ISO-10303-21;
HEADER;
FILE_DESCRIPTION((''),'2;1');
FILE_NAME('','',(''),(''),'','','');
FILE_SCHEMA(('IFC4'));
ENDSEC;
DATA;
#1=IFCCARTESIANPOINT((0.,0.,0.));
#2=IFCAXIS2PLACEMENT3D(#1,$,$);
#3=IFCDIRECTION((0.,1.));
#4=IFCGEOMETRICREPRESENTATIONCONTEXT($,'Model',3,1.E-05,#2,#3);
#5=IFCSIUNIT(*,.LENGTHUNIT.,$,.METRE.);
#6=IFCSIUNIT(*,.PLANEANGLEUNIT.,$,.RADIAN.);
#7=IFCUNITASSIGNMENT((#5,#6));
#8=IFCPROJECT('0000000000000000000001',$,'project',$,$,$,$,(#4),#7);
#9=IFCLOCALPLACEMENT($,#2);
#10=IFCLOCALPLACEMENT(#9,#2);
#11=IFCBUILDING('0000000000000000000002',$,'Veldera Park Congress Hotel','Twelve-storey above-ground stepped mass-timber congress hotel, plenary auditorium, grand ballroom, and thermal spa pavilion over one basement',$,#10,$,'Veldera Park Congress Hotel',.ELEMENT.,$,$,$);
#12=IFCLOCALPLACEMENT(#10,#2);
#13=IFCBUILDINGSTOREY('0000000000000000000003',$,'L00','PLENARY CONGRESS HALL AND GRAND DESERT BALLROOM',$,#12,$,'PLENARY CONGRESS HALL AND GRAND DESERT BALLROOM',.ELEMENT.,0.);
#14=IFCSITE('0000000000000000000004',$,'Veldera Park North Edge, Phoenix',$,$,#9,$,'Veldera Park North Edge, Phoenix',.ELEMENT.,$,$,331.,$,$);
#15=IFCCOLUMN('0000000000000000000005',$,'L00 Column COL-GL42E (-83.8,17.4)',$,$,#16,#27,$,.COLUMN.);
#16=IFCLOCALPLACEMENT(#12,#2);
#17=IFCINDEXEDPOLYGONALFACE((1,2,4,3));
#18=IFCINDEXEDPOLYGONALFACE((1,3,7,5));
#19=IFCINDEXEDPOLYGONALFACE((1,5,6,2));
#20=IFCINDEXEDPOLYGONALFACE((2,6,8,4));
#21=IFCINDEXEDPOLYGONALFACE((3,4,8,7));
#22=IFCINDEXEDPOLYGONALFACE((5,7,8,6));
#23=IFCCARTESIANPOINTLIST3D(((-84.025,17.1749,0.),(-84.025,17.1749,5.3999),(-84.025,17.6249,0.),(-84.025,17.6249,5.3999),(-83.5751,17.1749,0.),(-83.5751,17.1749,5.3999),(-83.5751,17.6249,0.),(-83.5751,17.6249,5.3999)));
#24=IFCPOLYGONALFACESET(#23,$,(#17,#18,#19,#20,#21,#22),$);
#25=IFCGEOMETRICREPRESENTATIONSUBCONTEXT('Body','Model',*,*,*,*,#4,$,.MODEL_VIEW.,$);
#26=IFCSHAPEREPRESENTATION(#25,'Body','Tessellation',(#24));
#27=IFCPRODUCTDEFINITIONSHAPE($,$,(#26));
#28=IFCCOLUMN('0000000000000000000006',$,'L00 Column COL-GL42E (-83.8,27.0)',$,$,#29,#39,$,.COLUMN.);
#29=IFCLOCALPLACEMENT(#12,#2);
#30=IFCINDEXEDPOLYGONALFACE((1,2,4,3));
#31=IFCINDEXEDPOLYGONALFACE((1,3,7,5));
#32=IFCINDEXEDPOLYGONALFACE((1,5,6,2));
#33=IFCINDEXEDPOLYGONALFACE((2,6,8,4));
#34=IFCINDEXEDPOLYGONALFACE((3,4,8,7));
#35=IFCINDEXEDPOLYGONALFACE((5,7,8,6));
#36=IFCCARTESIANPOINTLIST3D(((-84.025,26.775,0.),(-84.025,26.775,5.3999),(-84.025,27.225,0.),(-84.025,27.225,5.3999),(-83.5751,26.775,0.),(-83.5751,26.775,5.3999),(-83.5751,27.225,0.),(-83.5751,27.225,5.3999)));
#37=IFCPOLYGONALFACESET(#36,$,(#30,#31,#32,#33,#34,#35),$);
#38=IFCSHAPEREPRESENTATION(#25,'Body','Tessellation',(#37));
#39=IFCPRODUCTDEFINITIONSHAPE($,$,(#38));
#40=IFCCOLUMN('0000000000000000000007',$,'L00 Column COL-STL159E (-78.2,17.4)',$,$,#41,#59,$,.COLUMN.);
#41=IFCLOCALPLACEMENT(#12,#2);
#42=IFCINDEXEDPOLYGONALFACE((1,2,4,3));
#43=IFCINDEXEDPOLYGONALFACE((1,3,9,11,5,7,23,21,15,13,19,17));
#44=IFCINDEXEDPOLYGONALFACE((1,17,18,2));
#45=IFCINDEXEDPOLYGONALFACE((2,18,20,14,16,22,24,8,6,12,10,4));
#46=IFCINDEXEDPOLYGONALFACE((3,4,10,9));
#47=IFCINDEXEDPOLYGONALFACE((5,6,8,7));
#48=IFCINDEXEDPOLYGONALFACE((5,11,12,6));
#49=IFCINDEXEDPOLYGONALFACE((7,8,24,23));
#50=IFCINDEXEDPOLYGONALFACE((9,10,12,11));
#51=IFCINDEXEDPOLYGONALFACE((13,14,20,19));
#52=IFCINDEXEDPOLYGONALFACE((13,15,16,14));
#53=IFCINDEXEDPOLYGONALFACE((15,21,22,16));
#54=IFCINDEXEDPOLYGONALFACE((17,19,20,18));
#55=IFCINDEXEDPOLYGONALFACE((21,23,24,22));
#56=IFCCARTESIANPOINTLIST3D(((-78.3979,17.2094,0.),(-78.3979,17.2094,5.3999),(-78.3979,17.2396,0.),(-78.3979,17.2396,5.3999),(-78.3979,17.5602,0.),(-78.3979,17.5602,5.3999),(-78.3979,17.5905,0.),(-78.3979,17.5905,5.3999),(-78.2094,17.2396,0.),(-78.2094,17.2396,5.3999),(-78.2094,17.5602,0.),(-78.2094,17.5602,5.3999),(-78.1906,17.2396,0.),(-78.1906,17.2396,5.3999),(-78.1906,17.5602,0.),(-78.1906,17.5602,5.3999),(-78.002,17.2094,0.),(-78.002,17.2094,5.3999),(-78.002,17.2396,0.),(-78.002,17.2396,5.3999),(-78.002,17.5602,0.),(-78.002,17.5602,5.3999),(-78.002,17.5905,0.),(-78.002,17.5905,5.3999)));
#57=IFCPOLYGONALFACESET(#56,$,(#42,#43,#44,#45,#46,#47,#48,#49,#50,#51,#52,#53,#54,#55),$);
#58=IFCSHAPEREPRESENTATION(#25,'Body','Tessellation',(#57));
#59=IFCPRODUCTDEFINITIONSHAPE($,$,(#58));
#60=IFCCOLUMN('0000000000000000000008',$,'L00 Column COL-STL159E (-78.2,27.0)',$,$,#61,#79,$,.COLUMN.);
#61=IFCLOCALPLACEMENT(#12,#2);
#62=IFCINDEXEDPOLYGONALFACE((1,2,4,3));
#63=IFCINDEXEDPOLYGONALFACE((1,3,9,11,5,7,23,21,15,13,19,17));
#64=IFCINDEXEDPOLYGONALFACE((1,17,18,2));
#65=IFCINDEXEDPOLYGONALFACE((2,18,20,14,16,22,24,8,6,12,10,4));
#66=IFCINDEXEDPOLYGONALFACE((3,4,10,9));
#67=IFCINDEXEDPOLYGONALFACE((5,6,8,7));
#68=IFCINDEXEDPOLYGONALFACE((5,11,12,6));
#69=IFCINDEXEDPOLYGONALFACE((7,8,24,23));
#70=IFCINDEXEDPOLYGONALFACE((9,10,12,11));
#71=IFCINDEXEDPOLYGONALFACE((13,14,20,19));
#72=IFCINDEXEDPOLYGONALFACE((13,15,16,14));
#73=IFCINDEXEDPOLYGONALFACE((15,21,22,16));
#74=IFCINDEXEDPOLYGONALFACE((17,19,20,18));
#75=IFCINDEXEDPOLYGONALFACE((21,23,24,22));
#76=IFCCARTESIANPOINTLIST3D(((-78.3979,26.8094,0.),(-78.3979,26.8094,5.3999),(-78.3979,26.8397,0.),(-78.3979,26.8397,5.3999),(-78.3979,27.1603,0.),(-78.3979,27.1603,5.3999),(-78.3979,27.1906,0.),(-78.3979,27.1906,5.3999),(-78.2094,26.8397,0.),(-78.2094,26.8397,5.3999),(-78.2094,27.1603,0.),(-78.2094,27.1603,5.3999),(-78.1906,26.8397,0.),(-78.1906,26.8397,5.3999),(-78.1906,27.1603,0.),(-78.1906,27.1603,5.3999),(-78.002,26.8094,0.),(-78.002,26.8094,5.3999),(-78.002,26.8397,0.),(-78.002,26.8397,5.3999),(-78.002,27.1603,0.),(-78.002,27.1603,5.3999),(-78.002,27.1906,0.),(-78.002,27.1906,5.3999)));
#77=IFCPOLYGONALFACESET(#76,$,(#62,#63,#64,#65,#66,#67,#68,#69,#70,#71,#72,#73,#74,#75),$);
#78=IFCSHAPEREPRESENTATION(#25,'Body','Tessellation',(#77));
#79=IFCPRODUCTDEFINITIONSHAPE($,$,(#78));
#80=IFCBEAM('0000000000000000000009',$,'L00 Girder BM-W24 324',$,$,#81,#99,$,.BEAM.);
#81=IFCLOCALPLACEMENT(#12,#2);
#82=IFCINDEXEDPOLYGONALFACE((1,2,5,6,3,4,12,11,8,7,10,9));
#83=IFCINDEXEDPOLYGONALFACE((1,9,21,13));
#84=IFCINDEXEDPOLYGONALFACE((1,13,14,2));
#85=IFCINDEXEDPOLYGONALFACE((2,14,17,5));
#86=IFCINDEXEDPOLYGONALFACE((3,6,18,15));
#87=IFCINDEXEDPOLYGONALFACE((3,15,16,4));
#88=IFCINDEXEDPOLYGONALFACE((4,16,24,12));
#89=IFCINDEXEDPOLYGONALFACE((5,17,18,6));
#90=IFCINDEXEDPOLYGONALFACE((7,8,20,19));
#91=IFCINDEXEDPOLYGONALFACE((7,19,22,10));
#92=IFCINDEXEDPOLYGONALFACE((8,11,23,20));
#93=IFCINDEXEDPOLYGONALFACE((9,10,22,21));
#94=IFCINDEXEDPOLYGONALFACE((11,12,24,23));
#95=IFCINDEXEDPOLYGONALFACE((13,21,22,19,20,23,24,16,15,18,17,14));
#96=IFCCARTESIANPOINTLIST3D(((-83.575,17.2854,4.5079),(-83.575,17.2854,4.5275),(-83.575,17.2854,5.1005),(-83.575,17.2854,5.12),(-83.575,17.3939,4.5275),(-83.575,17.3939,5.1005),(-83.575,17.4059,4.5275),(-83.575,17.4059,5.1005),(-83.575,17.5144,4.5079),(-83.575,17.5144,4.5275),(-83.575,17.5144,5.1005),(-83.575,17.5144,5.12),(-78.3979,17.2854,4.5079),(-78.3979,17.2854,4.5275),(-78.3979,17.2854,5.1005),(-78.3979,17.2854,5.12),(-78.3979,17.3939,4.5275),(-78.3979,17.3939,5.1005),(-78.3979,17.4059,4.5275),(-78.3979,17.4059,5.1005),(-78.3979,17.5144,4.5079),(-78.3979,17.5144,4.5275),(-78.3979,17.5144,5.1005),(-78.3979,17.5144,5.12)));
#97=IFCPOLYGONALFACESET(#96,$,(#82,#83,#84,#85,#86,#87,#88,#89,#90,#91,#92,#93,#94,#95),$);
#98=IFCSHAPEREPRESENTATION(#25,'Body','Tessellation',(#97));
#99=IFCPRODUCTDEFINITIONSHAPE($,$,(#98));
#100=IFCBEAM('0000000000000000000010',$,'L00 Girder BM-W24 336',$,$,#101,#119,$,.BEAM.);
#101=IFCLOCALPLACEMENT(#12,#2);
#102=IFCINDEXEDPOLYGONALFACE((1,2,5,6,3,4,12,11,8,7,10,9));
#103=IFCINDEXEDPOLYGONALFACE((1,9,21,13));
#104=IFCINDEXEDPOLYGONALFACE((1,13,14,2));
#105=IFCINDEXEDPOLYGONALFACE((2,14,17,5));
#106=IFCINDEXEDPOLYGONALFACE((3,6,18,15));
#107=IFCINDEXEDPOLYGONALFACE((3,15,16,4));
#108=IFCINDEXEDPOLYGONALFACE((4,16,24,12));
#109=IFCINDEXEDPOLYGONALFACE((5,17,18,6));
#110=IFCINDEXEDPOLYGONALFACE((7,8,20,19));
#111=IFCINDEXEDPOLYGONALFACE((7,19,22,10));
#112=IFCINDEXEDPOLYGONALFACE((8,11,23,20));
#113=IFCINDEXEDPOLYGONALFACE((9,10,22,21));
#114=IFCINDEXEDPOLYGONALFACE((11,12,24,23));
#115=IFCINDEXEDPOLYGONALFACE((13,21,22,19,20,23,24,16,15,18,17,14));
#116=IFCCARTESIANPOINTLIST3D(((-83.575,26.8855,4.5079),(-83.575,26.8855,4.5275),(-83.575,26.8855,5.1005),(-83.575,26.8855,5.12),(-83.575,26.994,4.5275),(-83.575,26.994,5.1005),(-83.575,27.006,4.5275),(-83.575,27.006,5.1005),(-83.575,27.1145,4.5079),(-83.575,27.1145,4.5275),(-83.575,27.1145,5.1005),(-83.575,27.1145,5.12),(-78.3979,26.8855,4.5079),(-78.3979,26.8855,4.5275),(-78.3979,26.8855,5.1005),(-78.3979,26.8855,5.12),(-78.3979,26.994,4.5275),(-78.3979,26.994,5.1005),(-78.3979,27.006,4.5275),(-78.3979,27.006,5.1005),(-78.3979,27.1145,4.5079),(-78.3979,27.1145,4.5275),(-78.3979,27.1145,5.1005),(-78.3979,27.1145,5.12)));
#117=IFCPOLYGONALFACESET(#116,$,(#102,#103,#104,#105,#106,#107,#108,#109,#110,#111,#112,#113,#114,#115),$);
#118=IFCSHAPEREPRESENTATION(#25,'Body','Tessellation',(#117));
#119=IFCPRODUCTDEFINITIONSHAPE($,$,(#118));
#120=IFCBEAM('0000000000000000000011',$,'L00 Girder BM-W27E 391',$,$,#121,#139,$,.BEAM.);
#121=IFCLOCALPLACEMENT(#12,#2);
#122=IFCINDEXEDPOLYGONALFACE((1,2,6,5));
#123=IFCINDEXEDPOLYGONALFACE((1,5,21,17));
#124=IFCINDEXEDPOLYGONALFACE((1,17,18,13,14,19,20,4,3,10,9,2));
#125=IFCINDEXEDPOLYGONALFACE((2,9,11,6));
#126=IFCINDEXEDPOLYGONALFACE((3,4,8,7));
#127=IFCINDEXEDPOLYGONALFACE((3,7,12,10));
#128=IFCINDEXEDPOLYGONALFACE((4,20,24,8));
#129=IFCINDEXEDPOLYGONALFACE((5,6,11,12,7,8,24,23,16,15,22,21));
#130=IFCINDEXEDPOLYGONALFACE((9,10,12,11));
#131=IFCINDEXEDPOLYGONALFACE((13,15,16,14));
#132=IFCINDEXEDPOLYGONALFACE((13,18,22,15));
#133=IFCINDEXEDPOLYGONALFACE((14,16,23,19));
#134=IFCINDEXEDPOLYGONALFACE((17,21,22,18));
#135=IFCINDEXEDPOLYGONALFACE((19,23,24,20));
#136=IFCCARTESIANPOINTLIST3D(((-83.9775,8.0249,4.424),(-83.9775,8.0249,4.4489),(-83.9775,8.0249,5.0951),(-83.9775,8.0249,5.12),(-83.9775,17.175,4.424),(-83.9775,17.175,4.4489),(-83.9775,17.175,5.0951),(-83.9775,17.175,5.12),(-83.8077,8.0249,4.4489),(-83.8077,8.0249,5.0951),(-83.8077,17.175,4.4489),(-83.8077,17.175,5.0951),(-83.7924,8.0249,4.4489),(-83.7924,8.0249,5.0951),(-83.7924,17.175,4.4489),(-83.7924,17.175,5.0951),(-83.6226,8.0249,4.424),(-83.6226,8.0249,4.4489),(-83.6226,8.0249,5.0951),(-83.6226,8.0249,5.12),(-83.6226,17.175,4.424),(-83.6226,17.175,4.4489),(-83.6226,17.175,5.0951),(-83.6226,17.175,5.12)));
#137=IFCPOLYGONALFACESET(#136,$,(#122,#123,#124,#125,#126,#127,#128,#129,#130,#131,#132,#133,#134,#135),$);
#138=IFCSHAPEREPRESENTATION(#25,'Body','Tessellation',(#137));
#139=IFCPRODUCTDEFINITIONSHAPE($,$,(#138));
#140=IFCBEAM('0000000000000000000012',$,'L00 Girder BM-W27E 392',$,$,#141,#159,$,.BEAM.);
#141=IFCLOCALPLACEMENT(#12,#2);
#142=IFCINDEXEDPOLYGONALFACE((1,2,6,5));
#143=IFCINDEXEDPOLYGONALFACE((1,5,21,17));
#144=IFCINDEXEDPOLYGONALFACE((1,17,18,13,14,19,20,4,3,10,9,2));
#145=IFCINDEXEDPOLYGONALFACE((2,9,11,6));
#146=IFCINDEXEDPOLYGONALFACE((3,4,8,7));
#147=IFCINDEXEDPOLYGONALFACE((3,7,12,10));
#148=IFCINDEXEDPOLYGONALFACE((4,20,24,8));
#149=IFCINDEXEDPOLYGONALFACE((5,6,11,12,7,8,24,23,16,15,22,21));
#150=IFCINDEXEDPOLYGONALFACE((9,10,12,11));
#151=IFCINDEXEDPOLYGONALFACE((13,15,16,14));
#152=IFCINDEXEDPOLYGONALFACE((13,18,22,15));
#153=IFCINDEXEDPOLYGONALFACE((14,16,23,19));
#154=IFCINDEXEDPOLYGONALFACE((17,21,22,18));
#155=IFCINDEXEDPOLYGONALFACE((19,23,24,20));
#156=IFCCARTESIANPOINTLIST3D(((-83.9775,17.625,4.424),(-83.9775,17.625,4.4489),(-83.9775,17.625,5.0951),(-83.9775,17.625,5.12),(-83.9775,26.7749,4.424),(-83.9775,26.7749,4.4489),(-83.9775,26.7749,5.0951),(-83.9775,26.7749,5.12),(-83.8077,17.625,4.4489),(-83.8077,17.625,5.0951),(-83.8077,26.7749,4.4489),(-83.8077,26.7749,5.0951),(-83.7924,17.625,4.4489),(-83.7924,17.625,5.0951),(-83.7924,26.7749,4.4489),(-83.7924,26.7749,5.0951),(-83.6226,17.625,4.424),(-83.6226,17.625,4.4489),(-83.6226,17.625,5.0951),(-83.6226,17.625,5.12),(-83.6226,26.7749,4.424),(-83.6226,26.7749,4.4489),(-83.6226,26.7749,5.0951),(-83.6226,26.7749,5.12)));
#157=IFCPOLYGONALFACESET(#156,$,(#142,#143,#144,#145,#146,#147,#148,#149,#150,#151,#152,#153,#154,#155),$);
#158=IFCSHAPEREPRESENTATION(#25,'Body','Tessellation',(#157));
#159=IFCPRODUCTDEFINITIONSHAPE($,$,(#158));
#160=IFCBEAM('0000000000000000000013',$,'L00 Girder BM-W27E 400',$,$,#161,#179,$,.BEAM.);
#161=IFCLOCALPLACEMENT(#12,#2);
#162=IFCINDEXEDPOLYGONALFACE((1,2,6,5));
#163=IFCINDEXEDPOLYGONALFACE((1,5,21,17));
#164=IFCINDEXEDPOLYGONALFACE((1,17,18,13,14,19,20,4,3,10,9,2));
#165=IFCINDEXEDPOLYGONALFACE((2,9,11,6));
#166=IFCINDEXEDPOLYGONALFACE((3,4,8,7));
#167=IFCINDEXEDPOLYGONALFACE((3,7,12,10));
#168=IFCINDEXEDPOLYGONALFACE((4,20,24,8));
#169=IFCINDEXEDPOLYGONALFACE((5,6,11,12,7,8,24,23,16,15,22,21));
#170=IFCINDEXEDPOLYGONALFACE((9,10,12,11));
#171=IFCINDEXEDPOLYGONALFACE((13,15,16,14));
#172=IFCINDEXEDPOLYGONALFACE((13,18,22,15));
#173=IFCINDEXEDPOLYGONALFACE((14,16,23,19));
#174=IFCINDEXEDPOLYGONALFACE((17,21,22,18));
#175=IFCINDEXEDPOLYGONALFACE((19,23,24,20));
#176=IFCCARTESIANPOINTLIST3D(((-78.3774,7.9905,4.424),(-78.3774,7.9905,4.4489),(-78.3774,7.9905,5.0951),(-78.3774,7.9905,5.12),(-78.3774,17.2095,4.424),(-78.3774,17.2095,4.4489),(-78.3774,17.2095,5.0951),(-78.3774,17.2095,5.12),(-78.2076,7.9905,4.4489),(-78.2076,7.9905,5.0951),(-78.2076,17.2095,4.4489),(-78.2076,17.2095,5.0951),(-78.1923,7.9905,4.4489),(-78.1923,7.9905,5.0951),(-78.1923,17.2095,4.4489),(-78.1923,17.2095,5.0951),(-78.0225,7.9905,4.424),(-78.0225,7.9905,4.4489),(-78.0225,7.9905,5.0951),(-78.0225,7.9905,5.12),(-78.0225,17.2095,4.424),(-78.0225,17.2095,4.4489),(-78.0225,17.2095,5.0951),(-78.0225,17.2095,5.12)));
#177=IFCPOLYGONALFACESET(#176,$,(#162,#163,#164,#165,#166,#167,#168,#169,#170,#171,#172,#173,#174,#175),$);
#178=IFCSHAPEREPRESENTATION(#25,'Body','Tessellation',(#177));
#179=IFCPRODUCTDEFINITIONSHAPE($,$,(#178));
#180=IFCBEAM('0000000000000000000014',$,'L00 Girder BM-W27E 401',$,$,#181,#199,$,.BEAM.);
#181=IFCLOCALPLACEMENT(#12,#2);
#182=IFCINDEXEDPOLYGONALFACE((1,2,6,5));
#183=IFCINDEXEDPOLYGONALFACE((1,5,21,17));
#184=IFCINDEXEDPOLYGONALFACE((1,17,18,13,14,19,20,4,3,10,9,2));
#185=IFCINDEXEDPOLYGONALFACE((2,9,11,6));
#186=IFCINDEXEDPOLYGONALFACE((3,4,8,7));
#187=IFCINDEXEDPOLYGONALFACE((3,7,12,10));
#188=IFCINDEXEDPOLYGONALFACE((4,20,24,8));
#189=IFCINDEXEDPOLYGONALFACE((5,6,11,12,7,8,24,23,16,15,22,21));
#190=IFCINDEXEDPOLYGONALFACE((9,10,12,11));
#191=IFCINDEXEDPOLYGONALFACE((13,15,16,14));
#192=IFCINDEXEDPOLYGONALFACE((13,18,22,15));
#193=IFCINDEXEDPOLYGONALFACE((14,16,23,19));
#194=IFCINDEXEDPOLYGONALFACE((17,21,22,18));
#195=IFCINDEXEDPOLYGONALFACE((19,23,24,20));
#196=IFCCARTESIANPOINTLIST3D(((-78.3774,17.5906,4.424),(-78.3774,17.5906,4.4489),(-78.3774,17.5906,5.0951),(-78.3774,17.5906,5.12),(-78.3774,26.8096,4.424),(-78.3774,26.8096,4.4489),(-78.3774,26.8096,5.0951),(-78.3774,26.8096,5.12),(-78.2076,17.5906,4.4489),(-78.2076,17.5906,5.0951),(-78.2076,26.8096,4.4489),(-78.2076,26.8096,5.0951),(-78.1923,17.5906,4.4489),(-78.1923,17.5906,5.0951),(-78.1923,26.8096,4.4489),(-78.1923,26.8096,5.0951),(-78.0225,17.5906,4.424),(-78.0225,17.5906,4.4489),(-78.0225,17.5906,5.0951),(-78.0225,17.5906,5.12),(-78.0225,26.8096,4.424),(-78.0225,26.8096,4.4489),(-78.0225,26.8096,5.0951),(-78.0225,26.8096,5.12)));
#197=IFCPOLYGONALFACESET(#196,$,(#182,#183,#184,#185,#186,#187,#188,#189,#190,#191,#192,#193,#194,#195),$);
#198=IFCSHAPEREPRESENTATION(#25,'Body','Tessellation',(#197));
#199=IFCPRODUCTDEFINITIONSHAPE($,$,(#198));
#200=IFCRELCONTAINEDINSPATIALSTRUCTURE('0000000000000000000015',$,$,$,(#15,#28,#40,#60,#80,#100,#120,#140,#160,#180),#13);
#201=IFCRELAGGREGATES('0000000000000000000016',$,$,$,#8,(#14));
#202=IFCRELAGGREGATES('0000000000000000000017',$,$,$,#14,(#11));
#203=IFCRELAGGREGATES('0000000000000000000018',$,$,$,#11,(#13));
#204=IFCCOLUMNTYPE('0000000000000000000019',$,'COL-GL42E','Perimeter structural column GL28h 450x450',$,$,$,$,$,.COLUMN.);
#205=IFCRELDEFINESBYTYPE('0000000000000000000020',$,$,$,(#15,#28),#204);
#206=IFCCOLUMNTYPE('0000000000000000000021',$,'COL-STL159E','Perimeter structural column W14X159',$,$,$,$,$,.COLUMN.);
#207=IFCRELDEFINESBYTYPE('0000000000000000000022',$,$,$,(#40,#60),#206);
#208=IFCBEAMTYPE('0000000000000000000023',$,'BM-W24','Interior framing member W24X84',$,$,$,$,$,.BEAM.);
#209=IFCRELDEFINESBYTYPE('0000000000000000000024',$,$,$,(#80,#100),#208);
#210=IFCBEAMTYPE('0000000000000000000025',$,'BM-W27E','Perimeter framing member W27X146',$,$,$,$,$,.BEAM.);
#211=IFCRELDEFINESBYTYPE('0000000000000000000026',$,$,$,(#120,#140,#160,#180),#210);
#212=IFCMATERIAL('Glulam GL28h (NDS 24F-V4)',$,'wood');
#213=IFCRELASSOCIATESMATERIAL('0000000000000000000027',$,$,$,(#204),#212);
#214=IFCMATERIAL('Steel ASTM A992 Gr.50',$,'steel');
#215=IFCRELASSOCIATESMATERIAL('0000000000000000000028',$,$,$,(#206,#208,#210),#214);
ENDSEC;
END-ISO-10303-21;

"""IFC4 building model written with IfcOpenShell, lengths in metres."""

from ifc_helpers import new_model, si_unit, direction, frame, origin, origin_2d, place, context, subcontext, project, spatial, rectangle, i_section, extrude, material, material_profile, profile_set, type_object, element, save


model = new_model("IFC4")

# Units and contexts
model_context = context("Model", 3, precision=1e-05, world=origin(), true_north=direction((0.0, 1.0)))
body_context = subcontext(model_context, "Body", "Model", "MODEL_VIEW")
ifc_project = project(units=[si_unit("LENGTHUNIT", "METRE"), si_unit("PLANEANGLEUNIT", "RADIAN")], contexts=[model_context])

# Site, building, storey
site_placement = place(None, origin())
site = spatial("IfcSite", under=ifc_project, at=site_placement, Name="Veldera Park North Edge, Phoenix", LongName="Veldera Park North Edge, Phoenix", CompositionType="ELEMENT", RefElevation=331.0)
building_placement = place(site_placement, origin())
building = spatial("IfcBuilding", under=site, at=building_placement, Name="Veldera Park Congress Hotel", Description="Twelve-storey above-ground stepped mass-timber congress hotel, plenary auditorium, grand ballroom, and thermal spa pavilion over one basement", LongName="Veldera Park Congress Hotel", CompositionType="ELEMENT")
storey_placement = place(building_placement, origin())
storey = spatial("IfcBuildingStorey", under=building, at=storey_placement, Name="L00", Description="PLENARY CONGRESS HALL AND GRAND DESERT BALLROOM", LongName="PLENARY CONGRESS HALL AND GRAND DESERT BALLROOM", CompositionType="ELEMENT", Elevation=0.0)

# Columns
ifc_material_1 = material(Name="Glulam GL28h (NDS 24F-V4)", Category="wood")
ifc_material_profile_1 = material_profile(ifc_material_1, rectangle(XDim=0.45, YDim=0.45, at=origin_2d()), Name="GL28h 450x450")
ifc_profile_set_1 = profile_set([ifc_material_profile_1], Name="Glulam GL28h (NDS 24F-V4)")
column_type_1 = type_object("IfcColumnType", Name="COL-GL42E", Description="Perimeter structural column GL28h 450x450", PredefinedType="COLUMN", material=ifc_profile_set_1)
for number, where, z_axis, x_axis, name in (
    (1, (-83.8, 17.3999, 0.0), (0.0, 0.0, 1.0), (1.0, 0.0, 0.0), "L00 Column COL-GL42E (-83.8,17.4)"),
    (2, (-83.8, 27.0, 0.0), (0.0, 0.0, 1.0), (1.0, 0.0, 0.0), "L00 Column COL-GL42E (-83.8,27.0)"),
):
    element("IfcColumn", number, at=place(storey_placement, frame(where, z_axis=z_axis, x_axis=x_axis)), inside=storey, type_object=column_type_1, Name=name, PredefinedType="COLUMN", context=body_context, shape_type="SweptSolid", body=[
        extrude(rectangle(XDim=0.45, YDim=0.45, at=origin_2d()), origin(), (0.0, 0.0, 1.0), 5.3999),
    ])
ifc_material_2 = material(Name="Steel ASTM A992 Gr.50", Category="steel")
ifc_material_profile_2 = material_profile(ifc_material_2, i_section(OverallWidth=0.396, OverallDepth=0.3811, WebThickness=0.0188, FlangeThickness=0.0303, at=origin_2d()), Name="W14X159")
ifc_profile_set_2 = profile_set([ifc_material_profile_2], Name="Steel ASTM A992 Gr.50")
column_type_2 = type_object("IfcColumnType", Name="COL-STL159E", Description="Perimeter structural column W14X159", PredefinedType="COLUMN", material=ifc_profile_set_2)
for number, where, z_axis, x_axis, name in (
    (3, (-78.2, 17.3999, 0.0), (0.0, 0.0, 1.0), (1.0, 0.0, 0.0), "L00 Column COL-STL159E (-78.2,17.4)"),
    (4, (-78.2, 27.0, 0.0), (0.0, 0.0, 1.0), (1.0, 0.0, 0.0), "L00 Column COL-STL159E (-78.2,27.0)"),
):
    element("IfcColumn", number, at=place(storey_placement, frame(where, z_axis=z_axis, x_axis=x_axis)), inside=storey, type_object=column_type_2, Name=name, PredefinedType="COLUMN", context=body_context, shape_type="SweptSolid", body=[
        extrude(i_section(OverallWidth=0.396, OverallDepth=0.3811, WebThickness=0.0188, FlangeThickness=0.0303, at=origin_2d()), origin(), (0.0, 0.0, 1.0), 5.3999),
    ])

# Beams
ifc_material_profile_3 = material_profile(ifc_material_2, i_section(OverallWidth=0.229, OverallDepth=0.6121, WebThickness=0.012, FlangeThickness=0.0195, at=origin_2d()), Name="W24X84")
ifc_profile_set_3 = profile_set([ifc_material_profile_3], Name="Steel ASTM A992 Gr.50")
beam_type_1 = type_object("IfcBeamType", Name="BM-W24", Description="Interior framing member W24X84", PredefinedType="BEAM", material=ifc_profile_set_3)
for number, where, z_axis, x_axis, name in (
    (5, (-83.575, 17.3999, 4.814), (1.0, 0.0, 0.0), (0.0, 1.0, 0.0), "L00 Girder BM-W24 324"),
    (6, (-83.575, 27.0, 4.814), (1.0, 0.0, 0.0), (0.0, 1.0, 0.0), "L00 Girder BM-W24 336"),
):
    element("IfcBeam", number, at=place(storey_placement, frame(where, z_axis=z_axis, x_axis=x_axis)), inside=storey, type_object=beam_type_1, Name=name, PredefinedType="BEAM", context=body_context, shape_type="SweptSolid", body=[
        extrude(i_section(OverallWidth=0.229, OverallDepth=0.6121, WebThickness=0.012, FlangeThickness=0.0195, at=origin_2d()), origin(), (0.0, 0.0, 1.0), 5.177),
    ])
ifc_material_profile_4 = material_profile(ifc_material_2, i_section(OverallWidth=0.355, OverallDepth=0.696, WebThickness=0.0154, FlangeThickness=0.0249, at=origin_2d()), Name="W27X146")
ifc_profile_set_4 = profile_set([ifc_material_profile_4], Name="Steel ASTM A992 Gr.50")
beam_type_2 = type_object("IfcBeamType", Name="BM-W27E", Description="Perimeter framing member W27X146", PredefinedType="BEAM", material=ifc_profile_set_4)
beam_1_placement = place(storey_placement, frame((-83.8, 8.0249, 4.772), z_axis=(0.0, 1.0, 0.0), x_axis=(-1.0, 0.0, 0.0)))
element("IfcBeam", 7, at=beam_1_placement, inside=storey, type_object=beam_type_2, Name="L00 Girder BM-W27E 391", PredefinedType="BEAM", context=body_context, shape_type="SweptSolid", body=[
    extrude(i_section(OverallWidth=0.355, OverallDepth=0.696, WebThickness=0.0154, FlangeThickness=0.0249, at=origin_2d()), origin(), (0.0, 0.0, 1.0), 9.1501),
])
beam_2_placement = place(storey_placement, frame((-83.8, 17.625, 4.772), z_axis=(0.0, 1.0, 0.0), x_axis=(-1.0, 0.0, 0.0)))
element("IfcBeam", 8, at=beam_2_placement, inside=storey, type_object=beam_type_2, Name="L00 Girder BM-W27E 392", PredefinedType="BEAM", context=body_context, shape_type="SweptSolid", body=[
    extrude(i_section(OverallWidth=0.355, OverallDepth=0.696, WebThickness=0.0154, FlangeThickness=0.0249, at=origin_2d()), origin(), (0.0, 0.0, 1.0), 9.1499),
])
for number, where, z_axis, x_axis, name in (
    (9, (-78.2, 7.9905, 4.772), (0.0, 1.0, 0.0), (-1.0, 0.0, 0.0), "L00 Girder BM-W27E 400"),
    (10, (-78.2, 17.5906, 4.772), (0.0, 1.0, 0.0), (-1.0, 0.0, 0.0), "L00 Girder BM-W27E 401"),
):
    element("IfcBeam", number, at=place(storey_placement, frame(where, z_axis=z_axis, x_axis=x_axis)), inside=storey, type_object=beam_type_2, Name=name, PredefinedType="BEAM", context=body_context, shape_type="SweptSolid", body=[
        extrude(i_section(OverallWidth=0.355, OverallDepth=0.696, WebThickness=0.0154, FlangeThickness=0.0249, at=origin_2d()), origin(), (0.0, 0.0, 1.0), 9.219),
    ])

save(model, "model.ifc")
